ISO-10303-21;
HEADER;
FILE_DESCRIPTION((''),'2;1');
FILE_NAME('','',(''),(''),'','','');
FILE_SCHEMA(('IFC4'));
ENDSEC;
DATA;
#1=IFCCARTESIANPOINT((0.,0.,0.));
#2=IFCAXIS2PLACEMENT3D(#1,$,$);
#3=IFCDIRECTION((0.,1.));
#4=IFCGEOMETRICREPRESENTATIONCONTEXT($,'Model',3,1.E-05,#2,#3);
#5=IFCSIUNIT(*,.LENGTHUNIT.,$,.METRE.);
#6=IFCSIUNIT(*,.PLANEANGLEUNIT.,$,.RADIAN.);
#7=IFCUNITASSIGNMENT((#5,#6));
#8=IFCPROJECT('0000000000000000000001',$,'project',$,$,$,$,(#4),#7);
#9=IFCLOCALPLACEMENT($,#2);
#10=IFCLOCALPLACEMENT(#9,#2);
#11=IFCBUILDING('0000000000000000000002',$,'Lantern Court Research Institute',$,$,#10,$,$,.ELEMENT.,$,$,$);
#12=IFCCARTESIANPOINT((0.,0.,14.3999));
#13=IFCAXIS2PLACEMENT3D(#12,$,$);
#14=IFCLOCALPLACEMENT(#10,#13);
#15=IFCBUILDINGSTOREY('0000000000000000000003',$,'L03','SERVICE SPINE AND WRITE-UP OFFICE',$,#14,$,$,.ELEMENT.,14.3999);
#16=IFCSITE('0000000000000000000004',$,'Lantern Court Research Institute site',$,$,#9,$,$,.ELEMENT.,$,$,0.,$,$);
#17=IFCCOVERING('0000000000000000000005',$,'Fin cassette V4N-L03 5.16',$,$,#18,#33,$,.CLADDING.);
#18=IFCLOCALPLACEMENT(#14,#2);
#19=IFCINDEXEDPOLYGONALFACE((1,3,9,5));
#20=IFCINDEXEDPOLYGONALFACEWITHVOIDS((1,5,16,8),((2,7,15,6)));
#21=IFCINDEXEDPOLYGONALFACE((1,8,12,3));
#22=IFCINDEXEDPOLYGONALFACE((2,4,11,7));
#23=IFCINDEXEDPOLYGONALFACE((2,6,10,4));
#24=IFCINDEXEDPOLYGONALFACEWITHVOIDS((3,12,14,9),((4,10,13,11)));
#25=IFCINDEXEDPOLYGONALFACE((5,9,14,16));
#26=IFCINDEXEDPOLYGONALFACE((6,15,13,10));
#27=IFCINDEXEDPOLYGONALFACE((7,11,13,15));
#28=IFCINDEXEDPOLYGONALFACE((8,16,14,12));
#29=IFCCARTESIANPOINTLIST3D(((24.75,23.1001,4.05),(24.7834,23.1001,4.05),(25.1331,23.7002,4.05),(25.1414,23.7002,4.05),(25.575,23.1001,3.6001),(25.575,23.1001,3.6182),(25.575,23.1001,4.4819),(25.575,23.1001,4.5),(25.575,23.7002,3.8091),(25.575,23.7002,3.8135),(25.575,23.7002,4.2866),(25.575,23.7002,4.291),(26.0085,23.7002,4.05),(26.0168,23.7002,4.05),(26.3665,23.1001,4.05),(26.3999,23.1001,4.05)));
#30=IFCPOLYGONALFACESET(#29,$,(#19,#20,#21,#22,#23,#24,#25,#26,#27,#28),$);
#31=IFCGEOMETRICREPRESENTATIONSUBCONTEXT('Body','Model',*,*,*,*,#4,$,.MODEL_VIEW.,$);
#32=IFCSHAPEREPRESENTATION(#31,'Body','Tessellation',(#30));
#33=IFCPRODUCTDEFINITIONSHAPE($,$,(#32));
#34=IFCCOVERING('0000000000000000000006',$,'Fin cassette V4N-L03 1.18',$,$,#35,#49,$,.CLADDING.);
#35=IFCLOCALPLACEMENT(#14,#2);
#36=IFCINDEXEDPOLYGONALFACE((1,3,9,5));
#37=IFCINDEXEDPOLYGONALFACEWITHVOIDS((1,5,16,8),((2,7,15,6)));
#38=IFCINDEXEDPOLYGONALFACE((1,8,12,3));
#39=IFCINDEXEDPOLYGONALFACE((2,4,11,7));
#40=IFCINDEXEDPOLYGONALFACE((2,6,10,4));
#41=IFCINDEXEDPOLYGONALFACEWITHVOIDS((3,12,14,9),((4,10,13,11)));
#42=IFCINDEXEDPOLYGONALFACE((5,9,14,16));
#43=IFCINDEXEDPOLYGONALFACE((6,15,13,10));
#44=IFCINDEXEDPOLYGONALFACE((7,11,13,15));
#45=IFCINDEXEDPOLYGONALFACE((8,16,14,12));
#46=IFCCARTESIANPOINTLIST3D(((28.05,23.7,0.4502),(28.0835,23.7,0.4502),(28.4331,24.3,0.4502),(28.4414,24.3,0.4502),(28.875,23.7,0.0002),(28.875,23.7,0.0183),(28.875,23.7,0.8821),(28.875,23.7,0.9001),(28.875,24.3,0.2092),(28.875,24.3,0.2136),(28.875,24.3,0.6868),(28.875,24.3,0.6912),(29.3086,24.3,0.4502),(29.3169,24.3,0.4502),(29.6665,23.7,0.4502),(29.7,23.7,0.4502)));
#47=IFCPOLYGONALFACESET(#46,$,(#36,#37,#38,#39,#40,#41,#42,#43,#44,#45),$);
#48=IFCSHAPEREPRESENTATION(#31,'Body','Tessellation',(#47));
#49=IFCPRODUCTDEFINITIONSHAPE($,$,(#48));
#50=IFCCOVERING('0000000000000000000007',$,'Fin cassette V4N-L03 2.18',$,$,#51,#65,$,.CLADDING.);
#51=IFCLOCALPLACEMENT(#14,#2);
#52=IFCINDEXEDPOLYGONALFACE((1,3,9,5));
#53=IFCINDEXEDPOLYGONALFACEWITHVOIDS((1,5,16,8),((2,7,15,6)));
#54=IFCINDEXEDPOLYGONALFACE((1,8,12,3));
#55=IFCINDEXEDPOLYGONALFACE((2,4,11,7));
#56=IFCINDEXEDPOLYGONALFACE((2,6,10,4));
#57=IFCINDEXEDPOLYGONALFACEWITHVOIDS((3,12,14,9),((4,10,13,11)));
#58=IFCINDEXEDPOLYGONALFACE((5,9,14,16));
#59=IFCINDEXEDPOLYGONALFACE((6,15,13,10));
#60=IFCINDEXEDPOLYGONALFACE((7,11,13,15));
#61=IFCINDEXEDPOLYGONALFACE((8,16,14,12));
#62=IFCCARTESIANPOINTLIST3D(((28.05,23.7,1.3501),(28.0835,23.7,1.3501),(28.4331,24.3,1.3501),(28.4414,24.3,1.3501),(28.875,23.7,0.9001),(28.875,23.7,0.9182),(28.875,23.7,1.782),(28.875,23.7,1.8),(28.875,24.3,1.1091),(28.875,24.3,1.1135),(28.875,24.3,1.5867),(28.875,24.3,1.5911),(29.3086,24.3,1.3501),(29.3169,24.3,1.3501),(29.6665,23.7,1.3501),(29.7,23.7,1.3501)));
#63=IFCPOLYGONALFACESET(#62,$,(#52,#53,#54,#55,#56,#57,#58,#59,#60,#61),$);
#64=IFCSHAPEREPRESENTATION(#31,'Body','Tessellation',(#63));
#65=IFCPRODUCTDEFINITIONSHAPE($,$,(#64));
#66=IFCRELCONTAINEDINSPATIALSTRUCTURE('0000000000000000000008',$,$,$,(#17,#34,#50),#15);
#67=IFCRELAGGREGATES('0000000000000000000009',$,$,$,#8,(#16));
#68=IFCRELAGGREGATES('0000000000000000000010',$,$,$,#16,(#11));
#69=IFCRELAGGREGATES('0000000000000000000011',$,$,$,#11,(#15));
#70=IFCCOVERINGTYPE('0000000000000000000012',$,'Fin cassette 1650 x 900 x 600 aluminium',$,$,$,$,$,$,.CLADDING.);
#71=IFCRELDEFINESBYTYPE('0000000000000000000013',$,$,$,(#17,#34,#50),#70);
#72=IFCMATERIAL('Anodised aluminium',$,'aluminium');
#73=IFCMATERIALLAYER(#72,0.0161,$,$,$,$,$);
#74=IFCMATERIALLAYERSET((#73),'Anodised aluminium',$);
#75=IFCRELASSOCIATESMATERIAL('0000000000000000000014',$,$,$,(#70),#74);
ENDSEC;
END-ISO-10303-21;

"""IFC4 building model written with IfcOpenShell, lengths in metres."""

from ifc_helpers import new_model, entity, si_unit, direction, frame, origin, place, context, subcontext, project, spatial, material, layer, layer_set, type_object, element, save


model = new_model("IFC4")

# Units and contexts
model_context = context("Model", 3, precision=1e-05, world=origin(), true_north=direction((0.0, 1.0)))
body_context = subcontext(model_context, "Body", "Model", "MODEL_VIEW")
ifc_project = project(units=[si_unit("LENGTHUNIT", "METRE"), si_unit("PLANEANGLEUNIT", "RADIAN")], contexts=[model_context])

# Site, building, storey
site_placement = place(None, origin())
site = spatial("IfcSite", under=ifc_project, at=site_placement, Name="Lantern Court Research Institute site", CompositionType="ELEMENT", RefElevation=0.0)
building_placement = place(site_placement, origin())
building = spatial("IfcBuilding", under=site, at=building_placement, Name="Lantern Court Research Institute", CompositionType="ELEMENT")
storey_placement = place(building_placement, frame((0.0, 0.0, 14.3999)))
storey = spatial("IfcBuildingStorey", under=building, at=storey_placement, Name="L03", Description="SERVICE SPINE AND WRITE-UP OFFICE", CompositionType="ELEMENT", Elevation=14.3999)

# Coverings
ifc_material_1 = material(Name="Anodised aluminium", Category="aluminium")
ifc_layer_1 = layer(ifc_material_1, 0.0161)
ifc_layer_set_1 = layer_set([ifc_layer_1], Name="Anodised aluminium")
covering_type = type_object("IfcCoveringType", Name="Fin cassette 1650 x 900 x 600 aluminium", PredefinedType="CLADDING", material=ifc_layer_set_1)
covering_1_placement = place(storey_placement, frame((25.575, 23.1001, 4.05), z_axis=(0.0, 1.0, 0.0), x_axis=(-1.0, 0.0, 0.0)))
cartesian_point_1 = entity("IfcCartesianPoint", [0.825, 0.0])
cartesian_point_2 = entity("IfcCartesianPoint", [0.7915, 0.0])
cartesian_point_3 = entity("IfcCartesianPoint", [0.4419, 0.0])
cartesian_point_4 = entity("IfcCartesianPoint", [0.4336, 0.0])
element("IfcCovering", 1, at=covering_1_placement, inside=storey, type_object=covering_type, Name="Fin cassette V4N-L03 5.16", PredefinedType="CLADDING", context=body_context, shape_type="SweptSolid", body=[
    entity("IfcExtrudedAreaSolidTapered", entity("IfcArbitraryProfileDefWithVoids", "AREA", None, entity("IfcPolyline", [cartesian_point_1, entity("IfcCartesianPoint", [0.0, 0.45]), entity("IfcCartesianPoint", [-0.825, 0.0]), entity("IfcCartesianPoint", [0.0, -0.45]), cartesian_point_1]), [entity("IfcPolyline", [cartesian_point_2, entity("IfcCartesianPoint", [0.0, 0.4319]), entity("IfcCartesianPoint", [-0.7915, 0.0]), entity("IfcCartesianPoint", [0.0, -0.4319]), cartesian_point_2])]), entity("IfcAxis2Placement3D", entity("IfcCartesianPoint", [0.0, 0.0, 0.0])), entity("IfcDirection", [0.0, 0.0, 1.0]), 0.6001, entity("IfcArbitraryProfileDefWithVoids", "AREA", None, entity("IfcPolyline", [cartesian_point_3, entity("IfcCartesianPoint", [0.0, 0.241]), entity("IfcCartesianPoint", [-0.4419, 0.0]), entity("IfcCartesianPoint", [0.0, -0.241]), cartesian_point_3]), [entity("IfcPolyline", [cartesian_point_4, entity("IfcCartesianPoint", [0.0, 0.2366]), entity("IfcCartesianPoint", [-0.4336, 0.0]), entity("IfcCartesianPoint", [0.0, -0.2366]), cartesian_point_4])])),
])
covering_2_placement = place(storey_placement, frame((28.875, 23.7, 0.4502), z_axis=(0.0, 1.0, 0.0), x_axis=(-1.0, 0.0, 0.0)))
cartesian_point_5 = entity("IfcCartesianPoint", [0.825, 0.0])
cartesian_point_6 = entity("IfcCartesianPoint", [0.7915, 0.0])
cartesian_point_7 = entity("IfcCartesianPoint", [0.4419, 0.0])
cartesian_point_8 = entity("IfcCartesianPoint", [0.4336, 0.0])
element("IfcCovering", 2, at=covering_2_placement, inside=storey, type_object=covering_type, Name="Fin cassette V4N-L03 1.18", PredefinedType="CLADDING", context=body_context, shape_type="SweptSolid", body=[
    entity("IfcExtrudedAreaSolidTapered", entity("IfcArbitraryProfileDefWithVoids", "AREA", None, entity("IfcPolyline", [cartesian_point_5, entity("IfcCartesianPoint", [0.0, 0.45]), entity("IfcCartesianPoint", [-0.825, 0.0]), entity("IfcCartesianPoint", [0.0, -0.45]), cartesian_point_5]), [entity("IfcPolyline", [cartesian_point_6, entity("IfcCartesianPoint", [0.0, 0.4319]), entity("IfcCartesianPoint", [-0.7915, 0.0]), entity("IfcCartesianPoint", [0.0, -0.4319]), cartesian_point_6])]), entity("IfcAxis2Placement3D", entity("IfcCartesianPoint", [0.0, 0.0, 0.0])), entity("IfcDirection", [0.0, 0.0, 1.0]), 0.6001, entity("IfcArbitraryProfileDefWithVoids", "AREA", None, entity("IfcPolyline", [cartesian_point_7, entity("IfcCartesianPoint", [0.0, 0.241]), entity("IfcCartesianPoint", [-0.4419, 0.0]), entity("IfcCartesianPoint", [0.0, -0.241]), cartesian_point_7]), [entity("IfcPolyline", [cartesian_point_8, entity("IfcCartesianPoint", [0.0, 0.2366]), entity("IfcCartesianPoint", [-0.4336, 0.0]), entity("IfcCartesianPoint", [0.0, -0.2366]), cartesian_point_8])])),
])
covering_3_placement = place(storey_placement, frame((28.875, 23.7, 1.3501), z_axis=(0.0, 1.0, 0.0), x_axis=(-1.0, 0.0, 0.0)))
cartesian_point_9 = entity("IfcCartesianPoint", [0.825, 0.0])
cartesian_point_10 = entity("IfcCartesianPoint", [0.7915, 0.0])
cartesian_point_11 = entity("IfcCartesianPoint", [0.4419, 0.0])
cartesian_point_12 = entity("IfcCartesianPoint", [0.4336, 0.0])
element("IfcCovering", 3, at=covering_3_placement, inside=storey, type_object=covering_type, Name="Fin cassette V4N-L03 2.18", PredefinedType="CLADDING", context=body_context, shape_type="SweptSolid", body=[
    entity("IfcExtrudedAreaSolidTapered", entity("IfcArbitraryProfileDefWithVoids", "AREA", None, entity("IfcPolyline", [cartesian_point_9, entity("IfcCartesianPoint", [0.0, 0.45]), entity("IfcCartesianPoint", [-0.825, 0.0]), entity("IfcCartesianPoint", [0.0, -0.45]), cartesian_point_9]), [entity("IfcPolyline", [cartesian_point_10, entity("IfcCartesianPoint", [0.0, 0.4319]), entity("IfcCartesianPoint", [-0.7915, 0.0]), entity("IfcCartesianPoint", [0.0, -0.4319]), cartesian_point_10])]), entity("IfcAxis2Placement3D", entity("IfcCartesianPoint", [0.0, 0.0, 0.0])), entity("IfcDirection", [0.0, 0.0, 1.0]), 0.6001, entity("IfcArbitraryProfileDefWithVoids", "AREA", None, entity("IfcPolyline", [cartesian_point_11, entity("IfcCartesianPoint", [0.0, 0.241]), entity("IfcCartesianPoint", [-0.4419, 0.0]), entity("IfcCartesianPoint", [0.0, -0.241]), cartesian_point_11]), [entity("IfcPolyline", [cartesian_point_12, entity("IfcCartesianPoint", [0.0, 0.2366]), entity("IfcCartesianPoint", [-0.4336, 0.0]), entity("IfcCartesianPoint", [0.0, -0.2366]), cartesian_point_12])])),
])

save(model, "model.ifc")
